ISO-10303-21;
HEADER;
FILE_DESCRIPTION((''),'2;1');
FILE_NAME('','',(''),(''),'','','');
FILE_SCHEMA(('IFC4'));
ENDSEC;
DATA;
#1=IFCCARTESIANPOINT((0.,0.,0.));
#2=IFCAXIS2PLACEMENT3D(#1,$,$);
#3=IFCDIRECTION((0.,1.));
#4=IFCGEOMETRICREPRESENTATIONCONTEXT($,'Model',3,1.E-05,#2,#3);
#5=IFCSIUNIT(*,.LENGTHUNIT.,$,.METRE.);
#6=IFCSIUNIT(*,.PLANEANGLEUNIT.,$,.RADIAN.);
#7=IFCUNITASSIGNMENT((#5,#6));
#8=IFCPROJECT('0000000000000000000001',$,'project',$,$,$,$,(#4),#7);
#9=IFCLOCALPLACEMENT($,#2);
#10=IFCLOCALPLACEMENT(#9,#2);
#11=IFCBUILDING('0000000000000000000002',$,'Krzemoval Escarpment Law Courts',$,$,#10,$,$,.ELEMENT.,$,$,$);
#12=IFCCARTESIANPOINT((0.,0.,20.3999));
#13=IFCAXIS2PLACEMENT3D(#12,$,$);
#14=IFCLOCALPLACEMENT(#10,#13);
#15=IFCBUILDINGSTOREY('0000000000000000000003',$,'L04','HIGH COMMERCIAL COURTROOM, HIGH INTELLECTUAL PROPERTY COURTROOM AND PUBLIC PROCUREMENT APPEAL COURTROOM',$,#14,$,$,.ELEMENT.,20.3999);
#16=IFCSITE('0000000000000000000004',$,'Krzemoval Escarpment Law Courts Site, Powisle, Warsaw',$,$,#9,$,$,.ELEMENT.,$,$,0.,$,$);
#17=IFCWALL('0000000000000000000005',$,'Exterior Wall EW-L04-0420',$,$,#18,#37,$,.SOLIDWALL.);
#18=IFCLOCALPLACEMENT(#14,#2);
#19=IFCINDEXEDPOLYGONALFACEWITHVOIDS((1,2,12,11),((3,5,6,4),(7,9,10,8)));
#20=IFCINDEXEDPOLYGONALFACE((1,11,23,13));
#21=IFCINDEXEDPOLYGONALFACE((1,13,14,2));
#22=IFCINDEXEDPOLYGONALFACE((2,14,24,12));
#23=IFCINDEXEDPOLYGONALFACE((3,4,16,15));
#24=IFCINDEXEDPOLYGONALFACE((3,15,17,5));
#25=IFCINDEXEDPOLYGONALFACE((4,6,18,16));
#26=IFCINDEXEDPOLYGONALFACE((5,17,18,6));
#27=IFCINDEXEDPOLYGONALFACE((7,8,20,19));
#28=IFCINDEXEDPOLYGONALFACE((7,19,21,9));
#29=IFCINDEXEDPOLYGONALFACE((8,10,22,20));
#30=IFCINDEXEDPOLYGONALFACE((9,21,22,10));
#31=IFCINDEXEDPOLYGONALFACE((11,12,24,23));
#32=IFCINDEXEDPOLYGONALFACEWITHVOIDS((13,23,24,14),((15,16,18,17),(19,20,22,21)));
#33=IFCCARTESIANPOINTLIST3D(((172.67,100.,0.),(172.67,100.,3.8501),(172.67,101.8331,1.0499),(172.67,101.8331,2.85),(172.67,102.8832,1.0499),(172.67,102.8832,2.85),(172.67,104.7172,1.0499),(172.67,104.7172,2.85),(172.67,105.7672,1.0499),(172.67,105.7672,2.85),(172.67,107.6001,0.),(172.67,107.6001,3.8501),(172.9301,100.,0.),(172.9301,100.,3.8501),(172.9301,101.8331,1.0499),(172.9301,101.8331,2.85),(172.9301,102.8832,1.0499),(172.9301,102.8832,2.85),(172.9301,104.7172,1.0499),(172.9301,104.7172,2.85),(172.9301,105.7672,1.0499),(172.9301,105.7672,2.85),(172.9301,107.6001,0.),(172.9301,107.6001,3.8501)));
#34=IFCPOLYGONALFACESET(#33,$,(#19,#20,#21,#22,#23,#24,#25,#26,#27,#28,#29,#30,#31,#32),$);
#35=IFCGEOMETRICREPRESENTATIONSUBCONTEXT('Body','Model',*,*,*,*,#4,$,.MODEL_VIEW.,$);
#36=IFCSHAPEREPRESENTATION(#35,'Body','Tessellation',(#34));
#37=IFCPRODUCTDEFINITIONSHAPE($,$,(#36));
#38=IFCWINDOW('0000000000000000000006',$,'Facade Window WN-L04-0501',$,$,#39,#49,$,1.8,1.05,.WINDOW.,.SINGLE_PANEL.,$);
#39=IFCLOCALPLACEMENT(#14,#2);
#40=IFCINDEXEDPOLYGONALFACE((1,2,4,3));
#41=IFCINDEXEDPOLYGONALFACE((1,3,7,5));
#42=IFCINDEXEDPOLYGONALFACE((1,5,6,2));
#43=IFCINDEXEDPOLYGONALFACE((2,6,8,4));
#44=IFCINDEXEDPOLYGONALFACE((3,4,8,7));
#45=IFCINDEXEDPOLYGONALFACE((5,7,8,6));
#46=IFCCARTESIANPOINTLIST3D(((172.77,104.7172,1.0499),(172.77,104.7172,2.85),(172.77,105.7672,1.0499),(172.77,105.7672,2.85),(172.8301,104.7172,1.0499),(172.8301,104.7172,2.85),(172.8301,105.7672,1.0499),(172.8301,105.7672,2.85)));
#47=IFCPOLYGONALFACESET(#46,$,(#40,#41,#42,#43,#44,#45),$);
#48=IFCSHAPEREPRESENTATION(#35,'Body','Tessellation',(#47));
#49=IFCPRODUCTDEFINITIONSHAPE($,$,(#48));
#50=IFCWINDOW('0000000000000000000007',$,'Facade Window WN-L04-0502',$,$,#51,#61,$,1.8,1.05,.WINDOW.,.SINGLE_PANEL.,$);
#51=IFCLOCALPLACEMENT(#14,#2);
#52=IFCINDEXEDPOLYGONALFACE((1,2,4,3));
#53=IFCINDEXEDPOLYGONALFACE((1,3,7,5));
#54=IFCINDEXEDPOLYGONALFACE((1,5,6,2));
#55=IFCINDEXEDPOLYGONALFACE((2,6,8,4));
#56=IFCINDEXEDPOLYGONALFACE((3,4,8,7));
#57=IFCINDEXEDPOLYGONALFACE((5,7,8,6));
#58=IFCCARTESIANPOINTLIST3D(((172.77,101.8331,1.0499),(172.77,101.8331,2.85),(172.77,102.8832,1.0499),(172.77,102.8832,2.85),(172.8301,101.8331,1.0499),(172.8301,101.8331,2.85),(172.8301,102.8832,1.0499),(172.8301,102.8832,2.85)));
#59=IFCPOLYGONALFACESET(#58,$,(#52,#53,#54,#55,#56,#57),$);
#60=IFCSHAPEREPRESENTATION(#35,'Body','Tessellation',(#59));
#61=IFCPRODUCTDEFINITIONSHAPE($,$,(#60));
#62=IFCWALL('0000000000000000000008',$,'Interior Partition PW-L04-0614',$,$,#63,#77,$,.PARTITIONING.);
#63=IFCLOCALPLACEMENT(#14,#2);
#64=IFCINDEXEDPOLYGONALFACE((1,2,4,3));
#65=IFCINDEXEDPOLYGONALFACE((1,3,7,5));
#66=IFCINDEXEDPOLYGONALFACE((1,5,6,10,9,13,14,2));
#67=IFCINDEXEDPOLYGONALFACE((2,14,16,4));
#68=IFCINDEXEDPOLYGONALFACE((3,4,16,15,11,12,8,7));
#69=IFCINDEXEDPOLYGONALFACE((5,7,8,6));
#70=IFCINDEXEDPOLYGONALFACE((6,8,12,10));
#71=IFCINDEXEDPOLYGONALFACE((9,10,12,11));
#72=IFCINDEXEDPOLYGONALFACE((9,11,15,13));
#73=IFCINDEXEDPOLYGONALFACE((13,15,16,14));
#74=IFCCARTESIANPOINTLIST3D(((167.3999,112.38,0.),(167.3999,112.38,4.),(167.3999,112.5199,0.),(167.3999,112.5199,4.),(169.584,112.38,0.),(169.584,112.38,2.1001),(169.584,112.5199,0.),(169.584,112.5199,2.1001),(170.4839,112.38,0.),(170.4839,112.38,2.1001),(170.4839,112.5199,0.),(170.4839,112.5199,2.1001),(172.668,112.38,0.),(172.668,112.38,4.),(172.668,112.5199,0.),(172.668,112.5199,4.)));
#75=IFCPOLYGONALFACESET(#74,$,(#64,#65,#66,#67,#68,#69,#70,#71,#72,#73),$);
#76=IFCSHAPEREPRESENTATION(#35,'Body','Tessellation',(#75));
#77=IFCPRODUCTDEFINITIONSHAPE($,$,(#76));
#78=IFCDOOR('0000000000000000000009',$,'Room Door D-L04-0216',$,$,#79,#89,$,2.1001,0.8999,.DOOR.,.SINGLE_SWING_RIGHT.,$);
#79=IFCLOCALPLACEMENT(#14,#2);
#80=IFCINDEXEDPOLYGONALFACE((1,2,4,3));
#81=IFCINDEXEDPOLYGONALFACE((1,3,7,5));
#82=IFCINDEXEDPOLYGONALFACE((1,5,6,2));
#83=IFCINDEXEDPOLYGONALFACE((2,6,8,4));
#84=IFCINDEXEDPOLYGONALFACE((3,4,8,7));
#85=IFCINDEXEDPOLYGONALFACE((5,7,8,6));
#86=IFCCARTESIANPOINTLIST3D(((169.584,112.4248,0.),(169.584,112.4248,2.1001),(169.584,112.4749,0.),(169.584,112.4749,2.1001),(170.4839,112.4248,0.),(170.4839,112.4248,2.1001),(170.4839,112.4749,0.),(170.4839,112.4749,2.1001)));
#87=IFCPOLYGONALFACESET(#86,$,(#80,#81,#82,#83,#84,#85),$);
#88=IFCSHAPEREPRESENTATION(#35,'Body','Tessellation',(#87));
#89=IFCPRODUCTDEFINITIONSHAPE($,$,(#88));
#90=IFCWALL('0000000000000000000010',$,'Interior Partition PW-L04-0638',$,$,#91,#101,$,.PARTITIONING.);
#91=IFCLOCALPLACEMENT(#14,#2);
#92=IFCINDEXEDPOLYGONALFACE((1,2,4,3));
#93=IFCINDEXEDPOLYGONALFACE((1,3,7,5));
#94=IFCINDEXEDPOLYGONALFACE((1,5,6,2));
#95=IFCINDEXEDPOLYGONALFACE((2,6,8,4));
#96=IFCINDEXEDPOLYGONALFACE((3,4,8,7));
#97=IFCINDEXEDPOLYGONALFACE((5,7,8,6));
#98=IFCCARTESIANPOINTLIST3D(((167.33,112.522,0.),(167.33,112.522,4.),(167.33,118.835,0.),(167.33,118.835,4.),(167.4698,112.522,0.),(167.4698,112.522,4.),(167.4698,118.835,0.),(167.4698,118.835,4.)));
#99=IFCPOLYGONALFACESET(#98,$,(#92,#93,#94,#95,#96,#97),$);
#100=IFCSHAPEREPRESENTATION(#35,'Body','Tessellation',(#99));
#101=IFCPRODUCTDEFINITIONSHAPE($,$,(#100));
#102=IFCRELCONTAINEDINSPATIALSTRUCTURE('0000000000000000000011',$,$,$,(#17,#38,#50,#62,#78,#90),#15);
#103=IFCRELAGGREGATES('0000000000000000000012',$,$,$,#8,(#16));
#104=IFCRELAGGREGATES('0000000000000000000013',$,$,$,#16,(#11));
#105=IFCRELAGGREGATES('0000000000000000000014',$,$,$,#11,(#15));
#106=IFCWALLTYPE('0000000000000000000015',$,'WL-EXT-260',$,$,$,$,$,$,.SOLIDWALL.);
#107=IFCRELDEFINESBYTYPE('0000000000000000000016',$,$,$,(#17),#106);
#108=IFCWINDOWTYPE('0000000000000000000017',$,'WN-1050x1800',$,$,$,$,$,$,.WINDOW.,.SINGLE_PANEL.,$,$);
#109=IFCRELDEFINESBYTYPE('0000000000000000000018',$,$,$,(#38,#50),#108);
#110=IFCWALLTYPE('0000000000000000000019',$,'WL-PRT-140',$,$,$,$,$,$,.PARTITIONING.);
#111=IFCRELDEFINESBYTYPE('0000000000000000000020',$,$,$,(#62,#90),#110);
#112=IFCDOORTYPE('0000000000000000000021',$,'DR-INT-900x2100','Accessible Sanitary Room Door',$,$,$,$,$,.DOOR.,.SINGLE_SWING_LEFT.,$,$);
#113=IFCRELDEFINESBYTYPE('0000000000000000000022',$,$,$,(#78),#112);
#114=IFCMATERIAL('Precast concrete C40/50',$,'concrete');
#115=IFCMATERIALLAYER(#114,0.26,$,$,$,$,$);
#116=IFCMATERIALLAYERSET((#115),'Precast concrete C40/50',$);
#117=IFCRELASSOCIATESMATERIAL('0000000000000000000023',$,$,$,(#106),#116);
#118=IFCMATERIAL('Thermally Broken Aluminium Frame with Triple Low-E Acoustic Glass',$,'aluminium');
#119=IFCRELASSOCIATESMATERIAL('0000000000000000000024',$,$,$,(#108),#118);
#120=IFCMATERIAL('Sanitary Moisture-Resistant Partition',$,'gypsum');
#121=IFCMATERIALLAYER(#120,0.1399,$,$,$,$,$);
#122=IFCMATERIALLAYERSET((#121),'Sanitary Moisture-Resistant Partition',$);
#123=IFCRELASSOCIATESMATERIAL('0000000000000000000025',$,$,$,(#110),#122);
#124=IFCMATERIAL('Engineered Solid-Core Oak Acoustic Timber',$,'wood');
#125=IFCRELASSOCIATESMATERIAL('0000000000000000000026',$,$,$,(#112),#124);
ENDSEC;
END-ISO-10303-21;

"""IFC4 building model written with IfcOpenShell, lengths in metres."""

from ifc_helpers import new_model, si_unit, direction, frame, frame_2d, origin, place, context, subcontext, project, spatial, rectangle, extrude, material, layer, layer_set, type_object, element, fill, save


model = new_model("IFC4")

# Units and contexts
model_context = context("Model", 3, precision=1e-05, world=origin(), true_north=direction((0.0, 1.0)))
body_context = subcontext(model_context, "Body", "Model", "MODEL_VIEW")
ifc_project = project(units=[si_unit("LENGTHUNIT", "METRE"), si_unit("PLANEANGLEUNIT", "RADIAN")], contexts=[model_context])

# Site, building, storey
site_placement = place(None, origin())
site = spatial("IfcSite", under=ifc_project, at=site_placement, Name="Krzemoval Escarpment Law Courts Site, Powisle, Warsaw", CompositionType="ELEMENT", RefElevation=0.0)
building_placement = place(site_placement, origin())
building = spatial("IfcBuilding", under=site, at=building_placement, Name="Krzemoval Escarpment Law Courts", CompositionType="ELEMENT")
storey_placement = place(building_placement, frame((0.0, 0.0, 20.3999)))
storey = spatial("IfcBuildingStorey", under=building, at=storey_placement, Name="L04", Description="HIGH COMMERCIAL COURTROOM, HIGH INTELLECTUAL PROPERTY COURTROOM AND PUBLIC PROCUREMENT APPEAL COURTROOM", CompositionType="ELEMENT", Elevation=20.3999)

# Wall, openings, windows
ifc_material_1 = material(Name="Precast concrete C40/50", Category="concrete")
ifc_layer_1 = layer(ifc_material_1, 0.26)
ifc_layer_set_1 = layer_set([ifc_layer_1], Name="Precast concrete C40/50")
wall_type_1 = type_object("IfcWallType", Name="WL-EXT-260", PredefinedType="SOLIDWALL", material=ifc_layer_set_1)
ifc_material_2 = material(Name="Thermally Broken Aluminium Frame with Triple Low-E Acoustic Glass", Category="aluminium")
window_type = type_object("IfcWindowType", Name="WN-1050x1800", PartitioningType="SINGLE_PANEL", PredefinedType="WINDOW", material=ifc_material_2)
wall_1_placement = place(storey_placement, frame((172.8, 107.6001, 0.0), z_axis=(0.0, 0.0, 1.0), x_axis=(0.0, -1.0, 0.0)))
wall_1 = element("IfcWall", 1, at=wall_1_placement, inside=storey, type_object=wall_type_1, Name="Exterior Wall EW-L04-0420", PredefinedType="SOLIDWALL", context=body_context, shape_type="SweptSolid", body=[
    extrude(rectangle(XDim=7.6001, YDim=0.26, at=frame_2d((3.8, 0.0))), origin(), (0.0, 0.0, 1.0), 3.8501),
])
opening_1_placement = place(wall_1_placement, frame((1.833, 0.0, 1.05)))
opening_1 = element("IfcOpeningElement", 2, at=opening_1_placement, cuts=wall_1, PredefinedType="OPENING", context=body_context, shape_type="SweptSolid", body=[
    extrude(rectangle(XDim=1.05, YDim=1.8, at=frame_2d((0.5249, 0.8999))), frame((0.0, 0.145, 0.0), z_axis=(0.0, -1.0, 0.0), x_axis=(1.0, 0.0, 0.0)), (0.0, 0.0, 1.0), 0.29),
])
opening_2_placement = place(wall_1_placement, frame((4.717, 0.0, 1.05)))
opening_2 = element("IfcOpeningElement", 3, at=opening_2_placement, cuts=wall_1, PredefinedType="OPENING", context=body_context, shape_type="SweptSolid", body=[
    extrude(rectangle(XDim=1.05, YDim=1.8, at=frame_2d((0.5249, 0.8999))), frame((0.0, 0.145, 0.0), z_axis=(0.0, -1.0, 0.0), x_axis=(1.0, 0.0, 0.0)), (0.0, 0.0, 1.0), 0.29),
])
window_1_placement = place(opening_1_placement, origin())
window_1 = element("IfcWindow", 4, at=window_1_placement, inside=storey, type_object=window_type, Name="Facade Window WN-L04-0501", OverallHeight=1.8, OverallWidth=1.05, PartitioningType="SINGLE_PANEL", PredefinedType="WINDOW", context=body_context, shape_type="SweptSolid", body=[
    extrude(rectangle(XDim=1.05, YDim=1.8, at=frame_2d((0.5249, 0.8999))), frame((0.0, 0.03, 0.0), z_axis=(0.0, -1.0, 0.0), x_axis=(1.0, 0.0, 0.0)), (0.0, 0.0, 1.0), 0.0601),
])
fill(opening_1, window_1)
window_2_placement = place(opening_2_placement, origin())
window_2 = element("IfcWindow", 5, at=window_2_placement, inside=storey, type_object=window_type, Name="Facade Window WN-L04-0502", OverallHeight=1.8, OverallWidth=1.05, PartitioningType="SINGLE_PANEL", PredefinedType="WINDOW", context=body_context, shape_type="SweptSolid", body=[
    extrude(rectangle(XDim=1.05, YDim=1.8, at=frame_2d((0.5249, 0.8999))), frame((0.0, 0.03, 0.0), z_axis=(0.0, -1.0, 0.0), x_axis=(1.0, 0.0, 0.0)), (0.0, 0.0, 1.0), 0.0601),
])
fill(opening_2, window_2)

# Wall, opening, door
ifc_material_3 = material(Name="Sanitary Moisture-Resistant Partition", Category="gypsum")
ifc_layer_2 = layer(ifc_material_3, 0.1399)
ifc_layer_set_2 = layer_set([ifc_layer_2], Name="Sanitary Moisture-Resistant Partition")
wall_type_2 = type_object("IfcWallType", Name="WL-PRT-140", PredefinedType="PARTITIONING", material=ifc_layer_set_2)
wall_2_placement = place(storey_placement, frame((167.3999, 112.45, 0.0), z_axis=(0.0, 0.0, 1.0), x_axis=(1.0, 0.0, 0.0)))
wall_2 = element("IfcWall", 6, at=wall_2_placement, inside=storey, type_object=wall_type_2, Name="Interior Partition PW-L04-0614", PredefinedType="PARTITIONING", context=body_context, shape_type="SweptSolid", body=[
    extrude(rectangle(XDim=5.2681, YDim=0.1399, at=frame_2d((2.634, 0.0))), origin(), (0.0, 0.0, 1.0), 4.0),
])
opening_3_placement = place(wall_2_placement, frame((2.1841, 0.0, 0.0)))
opening_3 = element("IfcOpeningElement", 7, at=opening_3_placement, cuts=wall_2, PredefinedType="OPENING", context=body_context, shape_type="SweptSolid", body=[
    extrude(rectangle(XDim=0.8999, YDim=2.1001, at=frame_2d((0.45, 1.05))), frame((0.0, 0.0849, 0.0), z_axis=(0.0, -1.0, 0.0), x_axis=(1.0, 0.0, 0.0)), (0.0, 0.0, 1.0), 0.1699),
])
ifc_material_4 = material(Name="Engineered Solid-Core Oak Acoustic Timber", Category="wood")
door_type = type_object("IfcDoorType", Name="DR-INT-900x2100", Description="Accessible Sanitary Room Door", OperationType="SINGLE_SWING_LEFT", PredefinedType="DOOR", material=ifc_material_4)
door_placement = place(opening_3_placement, origin())
door = element("IfcDoor", 8, at=door_placement, inside=storey, type_object=door_type, Name="Room Door D-L04-0216", OperationType="SINGLE_SWING_RIGHT", OverallHeight=2.1001, OverallWidth=0.8999, PredefinedType="DOOR", context=body_context, shape_type="SweptSolid", body=[
    extrude(rectangle(XDim=0.8999, YDim=2.1001, at=frame_2d((0.45, 1.05))), frame((0.0, 0.0249, 0.0), z_axis=(0.0, -1.0, 0.0), x_axis=(1.0, 0.0, 0.0)), (0.0, 0.0, 1.0), 0.05),
])
fill(opening_3, door)

# Wall
wall_3_placement = place(storey_placement, frame((167.3999, 112.522, 0.0), z_axis=(0.0, 0.0, 1.0), x_axis=(0.0, 1.0, 0.0)))
element("IfcWall", 9, at=wall_3_placement, inside=storey, type_object=wall_type_2, Name="Interior Partition PW-L04-0638", PredefinedType="PARTITIONING", context=body_context, shape_type="SweptSolid", body=[
    extrude(rectangle(XDim=6.313, YDim=0.1399, at=frame_2d((3.1565, 0.0))), origin(), (0.0, 0.0, 1.0), 4.0),
])

save(model, "model.ifc")
